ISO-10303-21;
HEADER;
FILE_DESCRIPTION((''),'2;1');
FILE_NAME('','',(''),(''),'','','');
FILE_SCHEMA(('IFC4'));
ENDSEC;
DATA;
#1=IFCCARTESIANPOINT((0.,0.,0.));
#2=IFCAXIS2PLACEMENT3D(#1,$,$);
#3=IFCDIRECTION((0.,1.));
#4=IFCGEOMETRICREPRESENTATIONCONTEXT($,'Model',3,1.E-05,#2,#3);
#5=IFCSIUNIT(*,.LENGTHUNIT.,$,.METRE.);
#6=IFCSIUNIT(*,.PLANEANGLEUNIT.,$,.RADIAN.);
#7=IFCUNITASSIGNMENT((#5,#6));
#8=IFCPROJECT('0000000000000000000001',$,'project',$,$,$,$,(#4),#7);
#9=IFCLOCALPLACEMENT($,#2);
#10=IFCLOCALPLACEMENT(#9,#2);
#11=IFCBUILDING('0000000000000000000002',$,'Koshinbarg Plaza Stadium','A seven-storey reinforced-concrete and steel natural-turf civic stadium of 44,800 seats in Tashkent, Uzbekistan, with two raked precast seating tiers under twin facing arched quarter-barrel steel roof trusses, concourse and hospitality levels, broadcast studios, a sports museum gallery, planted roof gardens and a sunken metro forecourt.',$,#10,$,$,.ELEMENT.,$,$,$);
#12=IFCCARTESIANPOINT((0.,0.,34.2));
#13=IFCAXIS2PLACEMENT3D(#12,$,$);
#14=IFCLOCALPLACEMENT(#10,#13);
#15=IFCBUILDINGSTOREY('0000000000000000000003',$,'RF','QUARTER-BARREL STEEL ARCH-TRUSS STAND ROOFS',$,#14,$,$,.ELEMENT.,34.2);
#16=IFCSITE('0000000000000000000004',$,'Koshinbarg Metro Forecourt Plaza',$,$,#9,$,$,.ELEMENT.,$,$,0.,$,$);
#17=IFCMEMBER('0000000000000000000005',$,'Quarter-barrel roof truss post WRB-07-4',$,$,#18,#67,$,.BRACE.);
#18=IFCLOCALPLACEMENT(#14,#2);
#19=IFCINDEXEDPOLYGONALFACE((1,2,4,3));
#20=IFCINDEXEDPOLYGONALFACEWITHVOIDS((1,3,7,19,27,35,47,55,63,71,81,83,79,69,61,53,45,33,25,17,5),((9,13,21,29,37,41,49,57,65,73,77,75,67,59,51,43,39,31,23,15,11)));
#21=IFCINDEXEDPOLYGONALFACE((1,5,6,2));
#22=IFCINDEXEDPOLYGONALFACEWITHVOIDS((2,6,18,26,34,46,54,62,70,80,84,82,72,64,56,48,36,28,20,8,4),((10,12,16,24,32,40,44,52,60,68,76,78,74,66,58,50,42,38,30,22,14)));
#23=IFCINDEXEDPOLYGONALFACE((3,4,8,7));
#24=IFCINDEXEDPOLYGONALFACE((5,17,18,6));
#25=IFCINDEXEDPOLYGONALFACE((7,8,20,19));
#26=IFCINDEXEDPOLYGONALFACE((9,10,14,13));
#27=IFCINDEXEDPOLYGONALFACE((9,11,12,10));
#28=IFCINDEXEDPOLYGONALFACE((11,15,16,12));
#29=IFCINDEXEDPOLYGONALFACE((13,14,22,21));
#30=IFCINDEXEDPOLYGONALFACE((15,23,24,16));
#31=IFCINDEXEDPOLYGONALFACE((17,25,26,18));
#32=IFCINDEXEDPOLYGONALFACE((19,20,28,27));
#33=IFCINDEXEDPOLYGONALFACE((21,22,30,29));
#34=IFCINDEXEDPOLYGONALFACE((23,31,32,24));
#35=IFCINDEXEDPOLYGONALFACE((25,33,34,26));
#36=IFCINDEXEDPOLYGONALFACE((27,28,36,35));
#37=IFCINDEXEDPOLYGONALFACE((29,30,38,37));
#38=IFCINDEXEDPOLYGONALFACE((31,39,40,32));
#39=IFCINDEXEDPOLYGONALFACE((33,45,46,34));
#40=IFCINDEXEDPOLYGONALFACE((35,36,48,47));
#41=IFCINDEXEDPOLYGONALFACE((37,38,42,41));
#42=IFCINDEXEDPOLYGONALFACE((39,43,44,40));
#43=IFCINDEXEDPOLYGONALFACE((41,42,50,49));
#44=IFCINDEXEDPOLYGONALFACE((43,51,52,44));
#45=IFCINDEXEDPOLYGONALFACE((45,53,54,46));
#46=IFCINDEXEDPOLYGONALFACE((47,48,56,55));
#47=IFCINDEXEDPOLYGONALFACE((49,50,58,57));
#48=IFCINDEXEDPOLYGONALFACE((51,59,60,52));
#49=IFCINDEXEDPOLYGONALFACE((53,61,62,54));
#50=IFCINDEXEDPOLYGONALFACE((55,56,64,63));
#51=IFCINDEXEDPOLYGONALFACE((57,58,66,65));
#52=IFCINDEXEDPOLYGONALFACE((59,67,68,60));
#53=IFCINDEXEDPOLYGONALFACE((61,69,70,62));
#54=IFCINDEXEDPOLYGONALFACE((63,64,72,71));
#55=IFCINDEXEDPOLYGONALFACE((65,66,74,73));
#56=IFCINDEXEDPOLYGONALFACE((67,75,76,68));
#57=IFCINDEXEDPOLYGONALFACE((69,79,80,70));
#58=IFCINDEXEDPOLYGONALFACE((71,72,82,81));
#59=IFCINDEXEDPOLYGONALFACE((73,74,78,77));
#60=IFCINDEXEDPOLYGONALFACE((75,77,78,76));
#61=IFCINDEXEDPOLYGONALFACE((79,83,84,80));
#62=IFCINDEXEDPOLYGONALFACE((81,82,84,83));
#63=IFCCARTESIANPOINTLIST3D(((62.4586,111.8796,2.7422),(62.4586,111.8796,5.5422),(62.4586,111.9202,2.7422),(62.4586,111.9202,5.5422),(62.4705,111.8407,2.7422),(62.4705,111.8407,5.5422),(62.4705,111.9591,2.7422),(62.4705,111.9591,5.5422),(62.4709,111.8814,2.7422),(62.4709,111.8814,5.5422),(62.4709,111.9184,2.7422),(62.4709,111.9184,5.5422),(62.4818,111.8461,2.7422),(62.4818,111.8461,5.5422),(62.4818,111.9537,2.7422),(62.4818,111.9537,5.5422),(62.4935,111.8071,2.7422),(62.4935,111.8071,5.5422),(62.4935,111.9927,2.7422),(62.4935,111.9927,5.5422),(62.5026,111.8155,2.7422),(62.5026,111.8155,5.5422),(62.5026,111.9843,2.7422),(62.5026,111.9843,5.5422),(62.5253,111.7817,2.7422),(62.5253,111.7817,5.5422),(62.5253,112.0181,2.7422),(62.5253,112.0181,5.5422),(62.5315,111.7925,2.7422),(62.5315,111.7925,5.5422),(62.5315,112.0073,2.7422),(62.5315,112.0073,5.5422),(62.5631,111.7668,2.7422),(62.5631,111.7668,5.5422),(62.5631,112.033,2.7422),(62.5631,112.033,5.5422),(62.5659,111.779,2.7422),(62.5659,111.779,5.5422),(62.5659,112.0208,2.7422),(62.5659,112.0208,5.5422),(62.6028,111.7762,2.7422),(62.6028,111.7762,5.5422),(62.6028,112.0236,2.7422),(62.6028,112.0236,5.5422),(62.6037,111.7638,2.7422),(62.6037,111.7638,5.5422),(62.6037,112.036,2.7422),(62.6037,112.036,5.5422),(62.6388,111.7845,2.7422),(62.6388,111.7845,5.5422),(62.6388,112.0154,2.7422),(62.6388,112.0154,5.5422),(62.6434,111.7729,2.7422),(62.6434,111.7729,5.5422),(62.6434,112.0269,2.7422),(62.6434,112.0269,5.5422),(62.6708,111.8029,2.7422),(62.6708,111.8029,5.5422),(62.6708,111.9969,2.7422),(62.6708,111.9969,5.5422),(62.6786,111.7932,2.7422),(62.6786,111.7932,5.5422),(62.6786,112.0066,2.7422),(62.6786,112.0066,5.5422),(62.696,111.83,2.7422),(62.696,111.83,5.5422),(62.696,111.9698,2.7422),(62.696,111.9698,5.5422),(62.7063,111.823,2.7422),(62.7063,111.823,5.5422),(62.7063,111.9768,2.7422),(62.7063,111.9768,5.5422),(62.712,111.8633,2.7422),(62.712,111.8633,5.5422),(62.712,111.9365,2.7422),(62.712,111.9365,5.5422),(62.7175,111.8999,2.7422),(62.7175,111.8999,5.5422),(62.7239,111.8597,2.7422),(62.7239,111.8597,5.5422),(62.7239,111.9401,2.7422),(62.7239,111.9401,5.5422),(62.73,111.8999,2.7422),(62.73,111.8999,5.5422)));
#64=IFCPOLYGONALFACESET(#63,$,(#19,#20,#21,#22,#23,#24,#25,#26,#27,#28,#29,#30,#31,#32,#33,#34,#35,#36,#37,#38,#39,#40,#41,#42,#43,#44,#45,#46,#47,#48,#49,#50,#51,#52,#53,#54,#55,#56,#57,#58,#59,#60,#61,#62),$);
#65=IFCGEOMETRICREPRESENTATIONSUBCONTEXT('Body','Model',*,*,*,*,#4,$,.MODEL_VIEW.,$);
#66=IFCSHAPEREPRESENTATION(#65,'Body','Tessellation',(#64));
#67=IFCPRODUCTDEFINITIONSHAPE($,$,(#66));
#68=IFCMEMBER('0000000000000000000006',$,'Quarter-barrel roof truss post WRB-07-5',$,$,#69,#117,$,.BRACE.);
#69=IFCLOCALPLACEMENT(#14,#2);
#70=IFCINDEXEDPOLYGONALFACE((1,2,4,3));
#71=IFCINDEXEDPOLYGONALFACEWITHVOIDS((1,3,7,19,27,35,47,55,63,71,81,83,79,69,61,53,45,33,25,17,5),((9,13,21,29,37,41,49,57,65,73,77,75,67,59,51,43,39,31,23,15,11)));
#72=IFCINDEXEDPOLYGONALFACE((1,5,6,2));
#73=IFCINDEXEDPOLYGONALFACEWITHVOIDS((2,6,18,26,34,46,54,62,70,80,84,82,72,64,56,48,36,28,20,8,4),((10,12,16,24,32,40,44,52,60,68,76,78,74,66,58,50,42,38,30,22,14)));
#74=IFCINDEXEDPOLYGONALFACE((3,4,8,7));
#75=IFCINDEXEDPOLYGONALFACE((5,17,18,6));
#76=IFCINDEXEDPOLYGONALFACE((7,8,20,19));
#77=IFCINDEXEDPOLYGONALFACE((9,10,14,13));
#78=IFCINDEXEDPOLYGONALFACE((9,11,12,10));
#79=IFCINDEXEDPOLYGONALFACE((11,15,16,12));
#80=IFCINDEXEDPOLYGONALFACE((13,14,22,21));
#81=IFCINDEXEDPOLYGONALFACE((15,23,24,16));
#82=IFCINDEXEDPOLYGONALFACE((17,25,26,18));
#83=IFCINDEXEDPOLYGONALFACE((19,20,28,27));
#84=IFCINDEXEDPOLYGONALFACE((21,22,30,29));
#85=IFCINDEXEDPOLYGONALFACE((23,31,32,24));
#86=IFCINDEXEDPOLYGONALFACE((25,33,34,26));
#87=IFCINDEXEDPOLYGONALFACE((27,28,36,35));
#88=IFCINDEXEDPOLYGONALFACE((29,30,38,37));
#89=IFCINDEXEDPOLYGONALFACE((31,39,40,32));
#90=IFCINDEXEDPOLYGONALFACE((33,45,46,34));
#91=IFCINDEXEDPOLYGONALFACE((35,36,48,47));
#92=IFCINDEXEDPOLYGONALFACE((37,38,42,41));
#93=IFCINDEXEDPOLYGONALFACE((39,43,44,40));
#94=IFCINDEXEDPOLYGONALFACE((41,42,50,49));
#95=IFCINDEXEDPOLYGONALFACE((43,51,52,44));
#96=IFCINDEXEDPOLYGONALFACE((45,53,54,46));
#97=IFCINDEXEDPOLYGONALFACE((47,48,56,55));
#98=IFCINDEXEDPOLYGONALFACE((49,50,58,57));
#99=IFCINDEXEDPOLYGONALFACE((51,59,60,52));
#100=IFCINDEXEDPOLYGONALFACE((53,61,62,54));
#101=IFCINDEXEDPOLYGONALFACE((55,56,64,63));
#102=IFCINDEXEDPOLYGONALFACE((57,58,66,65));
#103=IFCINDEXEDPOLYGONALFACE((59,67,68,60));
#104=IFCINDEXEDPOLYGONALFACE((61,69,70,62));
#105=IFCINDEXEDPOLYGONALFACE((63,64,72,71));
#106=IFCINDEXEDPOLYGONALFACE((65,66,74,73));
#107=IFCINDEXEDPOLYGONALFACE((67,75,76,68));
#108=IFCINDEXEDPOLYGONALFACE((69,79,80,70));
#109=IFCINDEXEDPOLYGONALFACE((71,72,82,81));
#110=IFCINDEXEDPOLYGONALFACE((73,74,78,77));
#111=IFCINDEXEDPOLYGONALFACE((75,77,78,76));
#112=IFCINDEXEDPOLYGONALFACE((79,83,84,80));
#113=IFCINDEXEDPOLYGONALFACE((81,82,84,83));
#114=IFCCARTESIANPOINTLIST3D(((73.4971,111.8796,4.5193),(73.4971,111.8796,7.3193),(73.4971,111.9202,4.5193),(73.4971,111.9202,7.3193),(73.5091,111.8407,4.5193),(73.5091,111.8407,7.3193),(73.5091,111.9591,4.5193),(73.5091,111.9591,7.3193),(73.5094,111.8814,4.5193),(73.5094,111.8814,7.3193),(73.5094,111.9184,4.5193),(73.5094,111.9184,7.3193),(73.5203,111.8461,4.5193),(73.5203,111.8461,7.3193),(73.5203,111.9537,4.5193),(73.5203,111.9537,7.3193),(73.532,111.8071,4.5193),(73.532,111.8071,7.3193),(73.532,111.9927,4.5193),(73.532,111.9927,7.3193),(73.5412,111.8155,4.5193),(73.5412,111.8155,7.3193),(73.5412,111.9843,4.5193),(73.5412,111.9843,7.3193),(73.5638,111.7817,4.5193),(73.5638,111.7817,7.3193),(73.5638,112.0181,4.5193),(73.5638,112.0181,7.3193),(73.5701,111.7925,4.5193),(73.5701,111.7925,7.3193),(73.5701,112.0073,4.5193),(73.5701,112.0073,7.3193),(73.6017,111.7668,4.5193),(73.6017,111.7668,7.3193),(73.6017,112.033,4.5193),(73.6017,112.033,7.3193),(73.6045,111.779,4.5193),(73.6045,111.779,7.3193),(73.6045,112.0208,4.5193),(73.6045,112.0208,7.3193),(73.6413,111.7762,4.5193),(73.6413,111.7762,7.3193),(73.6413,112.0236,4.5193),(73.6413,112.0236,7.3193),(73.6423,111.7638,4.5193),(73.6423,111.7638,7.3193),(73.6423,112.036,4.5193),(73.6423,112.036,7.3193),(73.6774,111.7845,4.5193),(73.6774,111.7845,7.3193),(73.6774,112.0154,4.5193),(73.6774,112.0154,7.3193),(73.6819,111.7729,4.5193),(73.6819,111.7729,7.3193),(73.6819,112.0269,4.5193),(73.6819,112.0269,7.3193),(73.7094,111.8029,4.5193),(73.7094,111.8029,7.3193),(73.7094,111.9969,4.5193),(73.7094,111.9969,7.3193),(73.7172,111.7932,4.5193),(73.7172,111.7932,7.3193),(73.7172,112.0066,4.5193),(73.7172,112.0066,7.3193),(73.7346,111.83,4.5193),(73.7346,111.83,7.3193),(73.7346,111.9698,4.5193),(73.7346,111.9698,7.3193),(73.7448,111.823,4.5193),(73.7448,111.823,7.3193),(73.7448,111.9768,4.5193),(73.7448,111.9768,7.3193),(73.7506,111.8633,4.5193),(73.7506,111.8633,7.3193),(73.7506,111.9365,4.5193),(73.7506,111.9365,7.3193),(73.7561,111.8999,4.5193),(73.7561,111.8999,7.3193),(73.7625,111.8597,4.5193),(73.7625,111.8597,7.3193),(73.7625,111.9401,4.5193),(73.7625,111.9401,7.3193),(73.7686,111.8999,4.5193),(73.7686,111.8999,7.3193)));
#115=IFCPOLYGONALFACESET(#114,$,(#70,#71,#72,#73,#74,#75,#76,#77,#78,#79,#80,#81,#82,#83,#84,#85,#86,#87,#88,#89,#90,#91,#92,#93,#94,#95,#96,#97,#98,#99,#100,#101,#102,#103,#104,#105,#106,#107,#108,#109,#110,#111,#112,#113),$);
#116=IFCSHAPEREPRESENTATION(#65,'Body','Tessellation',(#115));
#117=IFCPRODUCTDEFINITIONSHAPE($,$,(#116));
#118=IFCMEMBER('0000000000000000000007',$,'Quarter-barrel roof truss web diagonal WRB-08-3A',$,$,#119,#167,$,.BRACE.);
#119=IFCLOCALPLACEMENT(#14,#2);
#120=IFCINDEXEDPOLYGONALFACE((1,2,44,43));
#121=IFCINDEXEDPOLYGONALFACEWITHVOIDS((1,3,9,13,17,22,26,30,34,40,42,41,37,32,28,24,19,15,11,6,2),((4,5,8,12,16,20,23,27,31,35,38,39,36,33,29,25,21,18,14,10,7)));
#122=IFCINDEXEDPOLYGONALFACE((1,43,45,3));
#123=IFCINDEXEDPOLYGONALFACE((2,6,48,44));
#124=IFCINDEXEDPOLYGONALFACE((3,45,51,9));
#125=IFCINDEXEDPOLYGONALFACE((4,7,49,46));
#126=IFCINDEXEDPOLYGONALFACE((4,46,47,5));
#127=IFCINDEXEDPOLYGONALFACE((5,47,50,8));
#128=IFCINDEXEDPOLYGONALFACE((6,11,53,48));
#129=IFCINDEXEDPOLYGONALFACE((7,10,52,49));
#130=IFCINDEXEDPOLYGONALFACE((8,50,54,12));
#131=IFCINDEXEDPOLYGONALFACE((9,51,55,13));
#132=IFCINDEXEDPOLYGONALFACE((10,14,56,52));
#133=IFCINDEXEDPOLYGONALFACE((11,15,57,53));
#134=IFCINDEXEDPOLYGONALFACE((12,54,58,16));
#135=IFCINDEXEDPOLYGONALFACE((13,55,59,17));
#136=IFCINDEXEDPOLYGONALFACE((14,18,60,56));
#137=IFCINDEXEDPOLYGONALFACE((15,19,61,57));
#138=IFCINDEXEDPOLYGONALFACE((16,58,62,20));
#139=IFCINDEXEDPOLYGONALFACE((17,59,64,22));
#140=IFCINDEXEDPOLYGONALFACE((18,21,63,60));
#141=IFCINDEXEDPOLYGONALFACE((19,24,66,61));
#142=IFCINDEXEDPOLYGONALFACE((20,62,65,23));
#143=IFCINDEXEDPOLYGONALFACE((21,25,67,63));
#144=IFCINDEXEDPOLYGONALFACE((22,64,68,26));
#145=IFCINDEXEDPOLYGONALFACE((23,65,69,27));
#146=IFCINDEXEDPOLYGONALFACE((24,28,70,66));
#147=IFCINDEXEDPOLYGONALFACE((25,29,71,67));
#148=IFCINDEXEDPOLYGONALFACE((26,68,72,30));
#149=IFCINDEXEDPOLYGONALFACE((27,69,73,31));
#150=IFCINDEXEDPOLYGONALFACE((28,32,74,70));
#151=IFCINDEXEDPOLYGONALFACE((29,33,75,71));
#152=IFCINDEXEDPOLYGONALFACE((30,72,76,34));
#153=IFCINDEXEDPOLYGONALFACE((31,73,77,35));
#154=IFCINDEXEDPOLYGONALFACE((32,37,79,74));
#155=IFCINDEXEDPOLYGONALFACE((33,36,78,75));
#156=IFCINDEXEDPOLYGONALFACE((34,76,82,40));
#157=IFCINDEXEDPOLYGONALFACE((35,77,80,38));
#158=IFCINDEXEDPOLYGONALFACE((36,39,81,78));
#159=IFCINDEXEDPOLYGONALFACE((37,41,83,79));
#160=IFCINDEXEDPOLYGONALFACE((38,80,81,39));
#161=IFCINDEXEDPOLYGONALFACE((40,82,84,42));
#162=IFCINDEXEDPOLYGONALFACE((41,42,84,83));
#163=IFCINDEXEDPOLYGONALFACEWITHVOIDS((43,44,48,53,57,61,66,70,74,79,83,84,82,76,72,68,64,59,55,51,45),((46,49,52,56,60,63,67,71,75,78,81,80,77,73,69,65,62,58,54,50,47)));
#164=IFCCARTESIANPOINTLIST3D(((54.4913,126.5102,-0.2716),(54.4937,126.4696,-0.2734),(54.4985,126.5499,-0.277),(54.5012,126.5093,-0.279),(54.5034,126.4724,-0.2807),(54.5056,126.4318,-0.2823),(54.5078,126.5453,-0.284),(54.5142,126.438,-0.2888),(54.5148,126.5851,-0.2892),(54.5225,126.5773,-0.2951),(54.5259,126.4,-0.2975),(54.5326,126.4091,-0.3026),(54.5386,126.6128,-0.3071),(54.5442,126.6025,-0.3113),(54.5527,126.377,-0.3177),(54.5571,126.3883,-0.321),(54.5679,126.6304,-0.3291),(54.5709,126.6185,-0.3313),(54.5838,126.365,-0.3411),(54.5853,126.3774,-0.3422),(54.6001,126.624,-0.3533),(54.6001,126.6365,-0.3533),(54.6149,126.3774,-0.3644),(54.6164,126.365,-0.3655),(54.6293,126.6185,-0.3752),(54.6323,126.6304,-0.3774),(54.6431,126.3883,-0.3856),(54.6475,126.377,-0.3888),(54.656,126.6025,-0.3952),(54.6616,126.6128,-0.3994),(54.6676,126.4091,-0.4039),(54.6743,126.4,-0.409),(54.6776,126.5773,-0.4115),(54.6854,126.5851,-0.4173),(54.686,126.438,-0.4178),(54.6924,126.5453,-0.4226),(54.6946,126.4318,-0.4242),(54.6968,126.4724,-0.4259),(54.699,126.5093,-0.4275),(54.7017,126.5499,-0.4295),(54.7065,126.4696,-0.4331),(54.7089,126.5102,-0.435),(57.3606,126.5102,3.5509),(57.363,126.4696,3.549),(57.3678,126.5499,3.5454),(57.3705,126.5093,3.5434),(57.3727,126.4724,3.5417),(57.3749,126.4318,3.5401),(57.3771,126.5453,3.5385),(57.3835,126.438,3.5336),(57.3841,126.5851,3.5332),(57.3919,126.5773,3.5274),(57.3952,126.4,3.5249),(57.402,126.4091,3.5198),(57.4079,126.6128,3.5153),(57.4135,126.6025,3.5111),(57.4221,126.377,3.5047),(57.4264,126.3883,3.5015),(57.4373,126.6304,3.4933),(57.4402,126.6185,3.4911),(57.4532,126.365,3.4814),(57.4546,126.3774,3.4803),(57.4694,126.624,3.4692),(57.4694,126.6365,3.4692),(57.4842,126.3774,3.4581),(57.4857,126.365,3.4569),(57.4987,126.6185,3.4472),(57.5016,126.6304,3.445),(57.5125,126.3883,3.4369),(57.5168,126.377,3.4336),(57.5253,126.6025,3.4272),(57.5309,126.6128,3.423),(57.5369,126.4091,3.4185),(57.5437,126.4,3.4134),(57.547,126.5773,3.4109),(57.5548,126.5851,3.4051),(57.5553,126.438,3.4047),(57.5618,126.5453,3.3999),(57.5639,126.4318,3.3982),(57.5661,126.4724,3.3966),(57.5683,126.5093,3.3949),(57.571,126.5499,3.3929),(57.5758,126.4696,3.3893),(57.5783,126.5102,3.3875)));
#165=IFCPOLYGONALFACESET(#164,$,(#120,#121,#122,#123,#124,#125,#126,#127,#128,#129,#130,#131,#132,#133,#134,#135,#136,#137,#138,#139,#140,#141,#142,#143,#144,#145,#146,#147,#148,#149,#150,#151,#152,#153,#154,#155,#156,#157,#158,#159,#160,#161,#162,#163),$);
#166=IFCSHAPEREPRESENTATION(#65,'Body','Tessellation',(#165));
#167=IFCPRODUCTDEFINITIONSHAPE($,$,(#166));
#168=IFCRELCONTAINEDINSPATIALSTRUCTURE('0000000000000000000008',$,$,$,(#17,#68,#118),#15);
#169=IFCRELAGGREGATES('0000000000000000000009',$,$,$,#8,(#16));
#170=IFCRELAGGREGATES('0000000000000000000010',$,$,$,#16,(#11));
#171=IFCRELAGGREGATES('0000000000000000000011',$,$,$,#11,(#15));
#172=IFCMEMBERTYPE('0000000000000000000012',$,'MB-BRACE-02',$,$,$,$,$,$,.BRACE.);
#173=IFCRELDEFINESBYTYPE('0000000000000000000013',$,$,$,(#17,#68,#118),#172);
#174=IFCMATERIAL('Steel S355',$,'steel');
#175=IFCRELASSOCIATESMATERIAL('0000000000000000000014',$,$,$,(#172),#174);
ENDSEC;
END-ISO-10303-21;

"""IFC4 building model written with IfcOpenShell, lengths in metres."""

from ifc_helpers import new_model, si_unit, direction, frame, origin, origin_2d, place, context, subcontext, project, spatial, hollow_circle, extrude, material, material_profile, profile_set, type_object, element, save


model = new_model("IFC4")

# Units and contexts
model_context = context("Model", 3, precision=1e-05, world=origin(), true_north=direction((0.0, 1.0)))
body_context = subcontext(model_context, "Body", "Model", "MODEL_VIEW")
ifc_project = project(units=[si_unit("LENGTHUNIT", "METRE"), si_unit("PLANEANGLEUNIT", "RADIAN")], contexts=[model_context])

# Site, building, storey
site_placement = place(None, origin())
site = spatial("IfcSite", under=ifc_project, at=site_placement, Name="Koshinbarg Metro Forecourt Plaza", CompositionType="ELEMENT", RefElevation=0.0)
building_placement = place(site_placement, origin())
building = spatial("IfcBuilding", under=site, at=building_placement, Name="Koshinbarg Plaza Stadium", Description="A seven-storey reinforced-concrete and steel natural-turf civic stadium of 44,800 seats in Tashkent, Uzbekistan, with two raked precast seating tiers under twin facing arched quarter-barrel steel roof trusses, concourse and hospitality levels, broadcast studios, a sports museum gallery, planted roof gardens and a sunken metro forecourt.", CompositionType="ELEMENT")
storey_placement = place(building_placement, frame((0.0, 0.0, 34.2)))
storey = spatial("IfcBuildingStorey", under=building, at=storey_placement, Name="RF", Description="QUARTER-BARREL STEEL ARCH-TRUSS STAND ROOFS", CompositionType="ELEMENT", Elevation=34.2)

# Members
ifc_material_1 = material(Name="Steel S355", Category="steel")
ifc_material_profile_1 = material_profile(ifc_material_1, hollow_circle(Radius=0.1365, WallThickness=0.0125, at=origin_2d()), Name="CHS 273x12.5")
ifc_profile_set_1 = profile_set([ifc_material_profile_1], Name="Steel S355")
member_type_1 = type_object("IfcMemberType", Name="MB-BRACE-02", PredefinedType="BRACE", material=ifc_profile_set_1)
for number, where, z_axis, x_axis, name in (
    (1, (62.5935, 111.8999, 2.7422), (0.0, 0.0, 1.0), (1.0, 0.0, 0.0), "Quarter-barrel roof truss post WRB-07-4"),
    (2, (73.6321, 111.8999, 4.5193), (0.0, 0.0, 1.0), (1.0, 0.0, 0.0), "Quarter-barrel roof truss post WRB-07-5"),
):
    element("IfcMember", number, at=place(storey_placement, frame(where, z_axis=z_axis, x_axis=x_axis)), inside=storey, type_object=member_type_1, Name=name, PredefinedType="BRACE", context=body_context, shape_type="SweptSolid", body=[
        extrude(hollow_circle(Radius=0.1365, WallThickness=0.0125, at=origin_2d()), origin(), (0.0, 0.0, 1.0), 2.8),
    ])
member_1_placement = place(storey_placement, frame((54.6001, 126.5, -0.3533), z_axis=(0.600335, 0.0, 0.799749), x_axis=(0.0, 1.0, 0.0)))
element("IfcMember", 3, at=member_1_placement, inside=storey, type_object=member_type_1, Name="Quarter-barrel roof truss web diagonal WRB-08-3A", PredefinedType="BRACE", context=body_context, shape_type="SweptSolid", body=[
    extrude(hollow_circle(Radius=0.1365, WallThickness=0.0125, at=origin_2d()), origin(), (0.0, 0.0, 1.0), 4.7795),
])

save(model, "model.ifc")
